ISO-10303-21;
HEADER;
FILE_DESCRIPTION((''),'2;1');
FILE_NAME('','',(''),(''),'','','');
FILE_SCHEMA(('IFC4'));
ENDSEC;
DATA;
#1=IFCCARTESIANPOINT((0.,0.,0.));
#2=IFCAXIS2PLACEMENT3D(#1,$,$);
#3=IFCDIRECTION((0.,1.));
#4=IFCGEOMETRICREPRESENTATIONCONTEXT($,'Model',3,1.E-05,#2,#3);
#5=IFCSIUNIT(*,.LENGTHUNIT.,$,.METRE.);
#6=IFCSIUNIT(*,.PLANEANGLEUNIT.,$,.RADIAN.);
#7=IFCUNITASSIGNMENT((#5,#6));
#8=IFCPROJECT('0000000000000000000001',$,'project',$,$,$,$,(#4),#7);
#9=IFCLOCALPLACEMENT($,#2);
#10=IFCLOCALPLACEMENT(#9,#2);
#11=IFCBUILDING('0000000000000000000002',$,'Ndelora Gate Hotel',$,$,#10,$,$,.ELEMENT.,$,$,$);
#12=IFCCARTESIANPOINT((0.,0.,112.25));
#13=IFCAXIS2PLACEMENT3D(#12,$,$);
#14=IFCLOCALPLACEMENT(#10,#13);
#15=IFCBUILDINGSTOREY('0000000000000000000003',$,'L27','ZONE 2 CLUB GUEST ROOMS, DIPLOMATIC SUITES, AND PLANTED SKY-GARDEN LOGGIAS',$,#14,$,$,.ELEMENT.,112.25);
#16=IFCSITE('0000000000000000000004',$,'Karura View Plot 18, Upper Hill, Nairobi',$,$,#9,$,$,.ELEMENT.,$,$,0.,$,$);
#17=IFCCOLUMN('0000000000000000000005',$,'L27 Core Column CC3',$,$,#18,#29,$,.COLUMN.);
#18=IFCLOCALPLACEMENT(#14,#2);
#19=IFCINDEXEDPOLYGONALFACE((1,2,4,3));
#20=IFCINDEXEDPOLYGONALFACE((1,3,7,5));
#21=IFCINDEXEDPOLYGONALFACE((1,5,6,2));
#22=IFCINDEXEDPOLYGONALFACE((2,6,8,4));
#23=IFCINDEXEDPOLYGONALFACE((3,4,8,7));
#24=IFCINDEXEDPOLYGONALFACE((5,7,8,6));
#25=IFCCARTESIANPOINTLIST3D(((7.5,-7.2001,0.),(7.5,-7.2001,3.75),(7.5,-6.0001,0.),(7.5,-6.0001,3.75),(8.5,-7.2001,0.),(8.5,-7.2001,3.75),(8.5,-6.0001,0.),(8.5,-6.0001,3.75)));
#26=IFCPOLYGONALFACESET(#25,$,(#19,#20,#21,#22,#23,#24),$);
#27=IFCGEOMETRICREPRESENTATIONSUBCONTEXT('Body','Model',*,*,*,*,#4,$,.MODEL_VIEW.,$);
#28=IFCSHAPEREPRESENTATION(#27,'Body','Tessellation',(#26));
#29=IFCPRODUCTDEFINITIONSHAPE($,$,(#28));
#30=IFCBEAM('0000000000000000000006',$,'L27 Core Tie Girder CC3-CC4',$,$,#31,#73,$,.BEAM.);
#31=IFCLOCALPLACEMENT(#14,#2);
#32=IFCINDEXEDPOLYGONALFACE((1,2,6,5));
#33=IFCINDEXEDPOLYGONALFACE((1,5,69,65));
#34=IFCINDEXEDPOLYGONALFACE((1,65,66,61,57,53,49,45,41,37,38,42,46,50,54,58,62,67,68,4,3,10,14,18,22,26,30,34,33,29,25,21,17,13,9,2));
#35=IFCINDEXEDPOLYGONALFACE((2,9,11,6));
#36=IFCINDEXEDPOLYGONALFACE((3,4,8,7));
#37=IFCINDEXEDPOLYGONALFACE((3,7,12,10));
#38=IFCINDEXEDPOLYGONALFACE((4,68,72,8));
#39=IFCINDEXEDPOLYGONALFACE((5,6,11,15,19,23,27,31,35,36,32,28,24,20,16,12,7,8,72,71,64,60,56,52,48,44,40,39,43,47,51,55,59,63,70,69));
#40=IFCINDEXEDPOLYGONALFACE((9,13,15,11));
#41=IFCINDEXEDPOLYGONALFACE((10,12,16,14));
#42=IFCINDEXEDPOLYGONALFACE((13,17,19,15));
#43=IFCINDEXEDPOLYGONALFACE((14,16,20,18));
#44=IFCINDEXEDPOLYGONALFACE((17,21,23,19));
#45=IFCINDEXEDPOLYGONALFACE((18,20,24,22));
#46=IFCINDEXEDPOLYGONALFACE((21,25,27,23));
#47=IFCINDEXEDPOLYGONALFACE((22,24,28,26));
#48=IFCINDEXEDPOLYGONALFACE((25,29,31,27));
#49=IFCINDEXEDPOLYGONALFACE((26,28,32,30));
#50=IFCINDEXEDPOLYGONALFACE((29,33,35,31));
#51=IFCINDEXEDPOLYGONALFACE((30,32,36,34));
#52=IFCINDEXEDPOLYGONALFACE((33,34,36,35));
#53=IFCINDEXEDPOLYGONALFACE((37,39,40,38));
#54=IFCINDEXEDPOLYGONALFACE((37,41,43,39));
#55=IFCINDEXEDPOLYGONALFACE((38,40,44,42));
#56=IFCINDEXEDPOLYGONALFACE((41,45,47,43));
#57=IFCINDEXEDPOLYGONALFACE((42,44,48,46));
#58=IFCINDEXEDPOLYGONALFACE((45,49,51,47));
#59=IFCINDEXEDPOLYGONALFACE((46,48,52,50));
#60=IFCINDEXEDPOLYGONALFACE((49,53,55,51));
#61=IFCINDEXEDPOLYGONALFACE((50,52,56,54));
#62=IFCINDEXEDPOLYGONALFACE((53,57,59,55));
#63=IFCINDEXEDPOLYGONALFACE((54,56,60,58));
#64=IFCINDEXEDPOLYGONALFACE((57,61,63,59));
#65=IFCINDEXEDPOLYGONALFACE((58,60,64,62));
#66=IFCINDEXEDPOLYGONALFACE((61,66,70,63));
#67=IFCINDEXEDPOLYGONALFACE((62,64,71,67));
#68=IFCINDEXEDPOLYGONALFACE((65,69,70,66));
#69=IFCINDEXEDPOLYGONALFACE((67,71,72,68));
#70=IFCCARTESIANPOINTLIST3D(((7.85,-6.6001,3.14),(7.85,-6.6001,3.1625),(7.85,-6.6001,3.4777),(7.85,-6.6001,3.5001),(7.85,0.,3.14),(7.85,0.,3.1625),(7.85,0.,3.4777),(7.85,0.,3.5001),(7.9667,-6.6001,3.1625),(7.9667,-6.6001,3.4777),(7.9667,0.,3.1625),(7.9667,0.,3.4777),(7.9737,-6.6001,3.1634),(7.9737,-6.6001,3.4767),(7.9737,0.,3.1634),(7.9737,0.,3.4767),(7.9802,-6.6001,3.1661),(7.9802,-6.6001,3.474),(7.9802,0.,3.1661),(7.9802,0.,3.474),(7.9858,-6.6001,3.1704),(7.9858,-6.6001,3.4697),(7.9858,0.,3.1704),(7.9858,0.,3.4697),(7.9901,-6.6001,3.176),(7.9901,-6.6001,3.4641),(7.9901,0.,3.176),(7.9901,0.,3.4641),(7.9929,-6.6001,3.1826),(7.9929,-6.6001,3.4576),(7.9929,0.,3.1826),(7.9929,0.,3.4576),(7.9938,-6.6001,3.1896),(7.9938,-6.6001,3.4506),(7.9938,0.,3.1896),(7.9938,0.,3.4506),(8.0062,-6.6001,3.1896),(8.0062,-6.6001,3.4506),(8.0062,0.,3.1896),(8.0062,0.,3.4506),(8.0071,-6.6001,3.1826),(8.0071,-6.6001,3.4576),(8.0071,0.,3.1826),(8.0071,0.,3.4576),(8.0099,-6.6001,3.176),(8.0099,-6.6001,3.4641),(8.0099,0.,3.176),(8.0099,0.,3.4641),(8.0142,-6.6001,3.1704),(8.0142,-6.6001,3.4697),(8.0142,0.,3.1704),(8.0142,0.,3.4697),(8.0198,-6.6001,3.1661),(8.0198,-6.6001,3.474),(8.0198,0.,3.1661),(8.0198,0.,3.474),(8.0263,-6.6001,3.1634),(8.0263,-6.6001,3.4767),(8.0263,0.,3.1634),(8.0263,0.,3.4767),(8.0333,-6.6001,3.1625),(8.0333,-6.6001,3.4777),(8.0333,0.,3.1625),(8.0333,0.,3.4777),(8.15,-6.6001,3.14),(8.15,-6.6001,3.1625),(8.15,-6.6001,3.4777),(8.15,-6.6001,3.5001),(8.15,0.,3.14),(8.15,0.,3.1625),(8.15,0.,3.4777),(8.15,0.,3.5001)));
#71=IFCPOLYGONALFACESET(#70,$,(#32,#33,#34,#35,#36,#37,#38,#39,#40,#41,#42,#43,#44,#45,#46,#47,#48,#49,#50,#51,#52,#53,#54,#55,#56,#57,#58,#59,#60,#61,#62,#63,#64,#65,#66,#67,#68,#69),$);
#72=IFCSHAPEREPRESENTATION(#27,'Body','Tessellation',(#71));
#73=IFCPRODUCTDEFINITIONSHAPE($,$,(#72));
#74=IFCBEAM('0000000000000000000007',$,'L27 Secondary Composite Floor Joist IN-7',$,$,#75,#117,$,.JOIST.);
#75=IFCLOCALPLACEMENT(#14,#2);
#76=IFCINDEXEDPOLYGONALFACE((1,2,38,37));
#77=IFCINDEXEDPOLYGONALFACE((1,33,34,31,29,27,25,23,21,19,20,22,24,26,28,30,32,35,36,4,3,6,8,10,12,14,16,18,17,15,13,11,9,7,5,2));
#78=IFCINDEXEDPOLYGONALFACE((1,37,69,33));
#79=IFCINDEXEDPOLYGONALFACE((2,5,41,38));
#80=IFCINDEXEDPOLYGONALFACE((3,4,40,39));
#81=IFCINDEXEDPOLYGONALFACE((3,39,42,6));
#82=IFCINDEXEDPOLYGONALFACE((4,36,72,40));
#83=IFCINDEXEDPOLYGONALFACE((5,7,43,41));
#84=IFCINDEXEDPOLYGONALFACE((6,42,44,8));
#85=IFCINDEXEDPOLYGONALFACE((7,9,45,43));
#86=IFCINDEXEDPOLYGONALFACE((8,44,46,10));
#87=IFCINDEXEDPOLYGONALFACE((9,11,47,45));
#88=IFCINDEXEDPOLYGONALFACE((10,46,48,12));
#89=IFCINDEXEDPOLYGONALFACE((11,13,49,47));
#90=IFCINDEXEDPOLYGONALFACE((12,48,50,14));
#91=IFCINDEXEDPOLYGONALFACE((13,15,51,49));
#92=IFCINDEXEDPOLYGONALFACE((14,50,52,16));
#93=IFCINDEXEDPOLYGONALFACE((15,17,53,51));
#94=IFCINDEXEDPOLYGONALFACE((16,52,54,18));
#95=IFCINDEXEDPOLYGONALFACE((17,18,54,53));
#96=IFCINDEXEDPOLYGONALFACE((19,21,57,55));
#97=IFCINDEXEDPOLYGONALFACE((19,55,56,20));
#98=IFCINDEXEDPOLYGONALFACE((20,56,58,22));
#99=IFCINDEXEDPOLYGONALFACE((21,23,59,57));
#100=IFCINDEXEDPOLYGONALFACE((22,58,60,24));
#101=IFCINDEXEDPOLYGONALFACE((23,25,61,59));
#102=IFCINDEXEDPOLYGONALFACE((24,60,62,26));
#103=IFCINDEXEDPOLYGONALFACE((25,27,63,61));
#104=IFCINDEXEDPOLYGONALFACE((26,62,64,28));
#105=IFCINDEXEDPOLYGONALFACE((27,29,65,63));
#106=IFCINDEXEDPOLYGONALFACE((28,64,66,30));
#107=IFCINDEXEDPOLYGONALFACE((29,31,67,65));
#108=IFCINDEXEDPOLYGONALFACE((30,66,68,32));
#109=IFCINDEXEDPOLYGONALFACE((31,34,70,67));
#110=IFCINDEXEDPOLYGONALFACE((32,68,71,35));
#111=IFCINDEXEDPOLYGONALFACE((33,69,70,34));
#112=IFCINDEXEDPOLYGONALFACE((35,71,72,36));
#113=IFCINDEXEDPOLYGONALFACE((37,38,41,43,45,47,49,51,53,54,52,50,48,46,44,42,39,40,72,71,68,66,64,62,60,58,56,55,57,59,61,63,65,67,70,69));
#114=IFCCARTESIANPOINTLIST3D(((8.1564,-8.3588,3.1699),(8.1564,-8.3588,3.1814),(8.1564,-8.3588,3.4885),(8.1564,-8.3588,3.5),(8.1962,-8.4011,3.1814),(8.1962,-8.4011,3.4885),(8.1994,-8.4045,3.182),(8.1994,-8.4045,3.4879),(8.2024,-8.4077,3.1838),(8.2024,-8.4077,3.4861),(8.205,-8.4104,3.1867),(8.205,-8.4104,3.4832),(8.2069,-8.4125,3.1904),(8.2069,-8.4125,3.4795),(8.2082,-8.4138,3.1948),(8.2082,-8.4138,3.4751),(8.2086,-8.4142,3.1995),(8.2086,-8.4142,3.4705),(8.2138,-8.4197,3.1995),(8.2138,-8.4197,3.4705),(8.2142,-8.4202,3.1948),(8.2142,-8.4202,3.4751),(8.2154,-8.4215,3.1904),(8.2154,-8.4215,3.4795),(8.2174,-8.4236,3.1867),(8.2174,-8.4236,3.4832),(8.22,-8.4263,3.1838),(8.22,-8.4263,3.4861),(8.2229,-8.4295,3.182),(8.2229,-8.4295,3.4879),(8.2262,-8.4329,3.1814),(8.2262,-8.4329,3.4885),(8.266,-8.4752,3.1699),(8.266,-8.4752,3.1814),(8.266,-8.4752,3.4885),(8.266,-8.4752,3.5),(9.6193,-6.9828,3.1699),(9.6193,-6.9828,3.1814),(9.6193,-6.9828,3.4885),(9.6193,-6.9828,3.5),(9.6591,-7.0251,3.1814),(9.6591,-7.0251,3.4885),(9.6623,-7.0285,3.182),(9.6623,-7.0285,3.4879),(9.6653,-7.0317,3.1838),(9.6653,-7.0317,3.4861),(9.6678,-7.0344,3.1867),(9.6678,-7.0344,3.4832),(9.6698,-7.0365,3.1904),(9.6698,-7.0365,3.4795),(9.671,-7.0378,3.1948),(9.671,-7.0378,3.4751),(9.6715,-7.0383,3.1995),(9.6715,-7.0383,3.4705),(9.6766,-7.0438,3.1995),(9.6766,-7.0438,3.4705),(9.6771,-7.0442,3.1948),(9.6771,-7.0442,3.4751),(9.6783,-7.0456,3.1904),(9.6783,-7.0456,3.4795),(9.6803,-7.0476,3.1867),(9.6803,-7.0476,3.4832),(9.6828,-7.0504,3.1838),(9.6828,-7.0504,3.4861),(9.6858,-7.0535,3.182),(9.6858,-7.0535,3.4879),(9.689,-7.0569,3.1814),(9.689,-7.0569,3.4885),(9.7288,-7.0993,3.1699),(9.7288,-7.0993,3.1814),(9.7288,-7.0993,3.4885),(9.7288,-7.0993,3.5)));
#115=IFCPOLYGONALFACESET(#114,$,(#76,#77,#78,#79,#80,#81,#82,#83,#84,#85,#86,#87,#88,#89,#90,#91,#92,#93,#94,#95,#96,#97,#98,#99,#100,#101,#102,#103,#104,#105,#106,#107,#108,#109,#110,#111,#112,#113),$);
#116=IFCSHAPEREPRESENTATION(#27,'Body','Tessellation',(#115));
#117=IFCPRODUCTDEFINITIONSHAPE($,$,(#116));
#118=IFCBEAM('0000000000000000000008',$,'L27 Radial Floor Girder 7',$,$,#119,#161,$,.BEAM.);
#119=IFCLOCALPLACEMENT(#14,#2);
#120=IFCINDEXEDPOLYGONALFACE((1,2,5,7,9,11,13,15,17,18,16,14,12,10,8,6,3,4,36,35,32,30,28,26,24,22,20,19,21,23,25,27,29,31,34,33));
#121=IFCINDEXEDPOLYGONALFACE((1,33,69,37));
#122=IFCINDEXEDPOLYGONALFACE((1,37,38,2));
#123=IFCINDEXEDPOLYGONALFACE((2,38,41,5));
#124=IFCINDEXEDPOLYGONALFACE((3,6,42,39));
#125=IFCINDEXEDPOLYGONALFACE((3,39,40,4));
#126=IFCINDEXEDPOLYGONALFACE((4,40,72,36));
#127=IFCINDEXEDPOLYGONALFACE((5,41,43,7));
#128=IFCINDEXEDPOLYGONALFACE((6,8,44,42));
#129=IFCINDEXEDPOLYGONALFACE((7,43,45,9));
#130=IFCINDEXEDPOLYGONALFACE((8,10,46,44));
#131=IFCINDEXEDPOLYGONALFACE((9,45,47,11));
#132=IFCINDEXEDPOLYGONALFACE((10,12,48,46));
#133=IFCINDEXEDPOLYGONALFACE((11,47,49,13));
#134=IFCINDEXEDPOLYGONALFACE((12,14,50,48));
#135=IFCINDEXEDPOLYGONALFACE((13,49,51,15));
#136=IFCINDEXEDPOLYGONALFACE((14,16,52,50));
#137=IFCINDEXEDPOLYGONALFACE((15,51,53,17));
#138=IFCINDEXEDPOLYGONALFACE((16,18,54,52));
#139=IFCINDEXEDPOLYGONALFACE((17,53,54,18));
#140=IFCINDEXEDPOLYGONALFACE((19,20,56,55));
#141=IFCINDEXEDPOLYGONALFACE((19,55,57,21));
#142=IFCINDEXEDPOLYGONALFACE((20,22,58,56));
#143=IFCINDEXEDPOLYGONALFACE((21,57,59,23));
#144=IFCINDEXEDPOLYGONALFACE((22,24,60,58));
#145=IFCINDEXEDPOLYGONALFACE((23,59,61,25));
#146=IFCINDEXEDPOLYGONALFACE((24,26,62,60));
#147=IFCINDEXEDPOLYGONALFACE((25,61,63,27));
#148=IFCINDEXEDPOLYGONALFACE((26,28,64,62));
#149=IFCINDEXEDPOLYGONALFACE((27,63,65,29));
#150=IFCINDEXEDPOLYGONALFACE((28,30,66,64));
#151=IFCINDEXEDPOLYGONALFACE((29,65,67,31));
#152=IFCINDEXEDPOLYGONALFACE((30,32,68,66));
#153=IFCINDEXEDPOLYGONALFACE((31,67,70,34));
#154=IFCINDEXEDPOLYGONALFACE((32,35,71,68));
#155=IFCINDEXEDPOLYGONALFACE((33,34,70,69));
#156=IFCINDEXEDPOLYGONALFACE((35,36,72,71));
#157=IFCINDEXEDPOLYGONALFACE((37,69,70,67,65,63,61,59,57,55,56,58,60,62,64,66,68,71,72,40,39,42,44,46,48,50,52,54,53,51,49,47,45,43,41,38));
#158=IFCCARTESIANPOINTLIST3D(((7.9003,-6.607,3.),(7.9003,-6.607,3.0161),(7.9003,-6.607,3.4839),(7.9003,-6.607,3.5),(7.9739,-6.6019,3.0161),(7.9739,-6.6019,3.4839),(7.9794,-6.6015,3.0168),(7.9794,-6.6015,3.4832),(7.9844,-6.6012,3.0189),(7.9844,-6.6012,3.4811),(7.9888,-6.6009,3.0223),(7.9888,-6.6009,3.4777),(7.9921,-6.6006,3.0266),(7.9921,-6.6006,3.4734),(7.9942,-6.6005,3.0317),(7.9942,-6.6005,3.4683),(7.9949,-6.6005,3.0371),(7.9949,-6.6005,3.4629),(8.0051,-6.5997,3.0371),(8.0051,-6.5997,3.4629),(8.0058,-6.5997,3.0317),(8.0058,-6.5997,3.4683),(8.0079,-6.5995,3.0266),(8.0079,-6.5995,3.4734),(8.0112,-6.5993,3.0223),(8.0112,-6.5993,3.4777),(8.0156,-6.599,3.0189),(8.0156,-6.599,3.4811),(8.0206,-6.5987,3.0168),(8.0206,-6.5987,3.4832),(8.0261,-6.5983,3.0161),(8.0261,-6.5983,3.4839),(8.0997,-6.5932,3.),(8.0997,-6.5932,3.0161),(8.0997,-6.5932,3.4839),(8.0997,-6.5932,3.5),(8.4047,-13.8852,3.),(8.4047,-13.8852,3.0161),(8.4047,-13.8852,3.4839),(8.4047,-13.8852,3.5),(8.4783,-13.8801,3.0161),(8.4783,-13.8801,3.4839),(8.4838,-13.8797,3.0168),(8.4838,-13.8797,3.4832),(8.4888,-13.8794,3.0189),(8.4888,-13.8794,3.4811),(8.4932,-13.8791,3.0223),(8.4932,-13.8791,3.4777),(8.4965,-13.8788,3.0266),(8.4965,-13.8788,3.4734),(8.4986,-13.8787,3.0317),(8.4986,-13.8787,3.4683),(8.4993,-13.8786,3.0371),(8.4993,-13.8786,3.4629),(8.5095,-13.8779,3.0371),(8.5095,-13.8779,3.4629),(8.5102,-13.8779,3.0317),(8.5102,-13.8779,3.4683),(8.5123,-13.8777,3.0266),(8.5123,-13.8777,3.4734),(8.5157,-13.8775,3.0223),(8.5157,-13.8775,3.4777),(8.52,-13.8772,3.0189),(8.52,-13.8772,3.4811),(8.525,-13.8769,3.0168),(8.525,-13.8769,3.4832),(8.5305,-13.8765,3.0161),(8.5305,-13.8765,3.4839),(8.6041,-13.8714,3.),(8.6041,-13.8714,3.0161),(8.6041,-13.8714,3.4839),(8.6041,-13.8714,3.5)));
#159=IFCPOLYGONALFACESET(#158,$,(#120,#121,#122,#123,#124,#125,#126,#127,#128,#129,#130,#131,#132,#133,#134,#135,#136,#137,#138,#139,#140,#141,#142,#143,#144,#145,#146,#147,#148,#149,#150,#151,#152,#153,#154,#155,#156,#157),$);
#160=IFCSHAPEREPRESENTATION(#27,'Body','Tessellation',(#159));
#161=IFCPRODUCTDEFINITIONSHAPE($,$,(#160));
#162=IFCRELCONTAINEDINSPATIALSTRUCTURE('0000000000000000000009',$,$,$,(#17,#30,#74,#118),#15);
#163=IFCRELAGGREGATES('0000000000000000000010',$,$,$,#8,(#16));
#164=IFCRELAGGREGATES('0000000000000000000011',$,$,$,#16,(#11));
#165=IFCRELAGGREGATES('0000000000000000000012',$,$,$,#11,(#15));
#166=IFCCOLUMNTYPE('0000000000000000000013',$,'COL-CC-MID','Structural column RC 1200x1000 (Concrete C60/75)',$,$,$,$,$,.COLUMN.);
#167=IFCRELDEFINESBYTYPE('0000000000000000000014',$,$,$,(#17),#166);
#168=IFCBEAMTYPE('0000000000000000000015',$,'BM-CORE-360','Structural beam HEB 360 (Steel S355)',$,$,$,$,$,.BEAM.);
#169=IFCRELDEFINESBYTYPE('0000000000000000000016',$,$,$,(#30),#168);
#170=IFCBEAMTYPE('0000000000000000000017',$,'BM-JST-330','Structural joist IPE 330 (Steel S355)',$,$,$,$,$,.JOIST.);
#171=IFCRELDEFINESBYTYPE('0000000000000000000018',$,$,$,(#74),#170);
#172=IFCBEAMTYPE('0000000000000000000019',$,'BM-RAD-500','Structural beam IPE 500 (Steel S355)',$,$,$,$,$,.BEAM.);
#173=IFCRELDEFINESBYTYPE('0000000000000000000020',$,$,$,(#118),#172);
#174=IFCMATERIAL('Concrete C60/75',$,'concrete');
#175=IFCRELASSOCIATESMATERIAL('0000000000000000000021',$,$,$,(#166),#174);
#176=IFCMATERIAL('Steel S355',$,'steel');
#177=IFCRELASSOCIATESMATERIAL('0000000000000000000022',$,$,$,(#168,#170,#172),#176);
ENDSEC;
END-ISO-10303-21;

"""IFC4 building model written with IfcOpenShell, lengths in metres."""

from ifc_helpers import new_model, si_unit, direction, frame, origin, origin_2d, place, context, subcontext, project, spatial, rectangle, i_section, extrude, material, material_profile, profile_set, type_object, element, save


model = new_model("IFC4")

# Units and contexts
model_context = context("Model", 3, precision=1e-05, world=origin(), true_north=direction((0.0, 1.0)))
body_context = subcontext(model_context, "Body", "Model", "MODEL_VIEW")
ifc_project = project(units=[si_unit("LENGTHUNIT", "METRE"), si_unit("PLANEANGLEUNIT", "RADIAN")], contexts=[model_context])

# Site, building, storey
site_placement = place(None, origin())
site = spatial("IfcSite", under=ifc_project, at=site_placement, Name="Karura View Plot 18, Upper Hill, Nairobi", CompositionType="ELEMENT", RefElevation=0.0)
building_placement = place(site_placement, origin())
building = spatial("IfcBuilding", under=site, at=building_placement, Name="Ndelora Gate Hotel", CompositionType="ELEMENT")
storey_placement = place(building_placement, frame((0.0, 0.0, 112.25)))
storey = spatial("IfcBuildingStorey", under=building, at=storey_placement, Name="L27", Description="ZONE 2 CLUB GUEST ROOMS, DIPLOMATIC SUITES, AND PLANTED SKY-GARDEN LOGGIAS", CompositionType="ELEMENT", Elevation=112.25)

# Column
ifc_material_1 = material(Name="Concrete C60/75", Category="concrete")
ifc_material_profile_1 = material_profile(ifc_material_1, rectangle(XDim=1.0, YDim=1.2, at=origin_2d()), Name="RC 1200x1000")
ifc_profile_set_1 = profile_set([ifc_material_profile_1], Name="Concrete C60/75")
column_type = type_object("IfcColumnType", Name="COL-CC-MID", Description="Structural column RC 1200x1000 (Concrete C60/75)", PredefinedType="COLUMN", material=ifc_profile_set_1)
column_placement = place(storey_placement, frame((8.0, -6.6001, 0.0), z_axis=(0.0, 0.0, 1.0), x_axis=(1.0, 0.0, 0.0)))
element("IfcColumn", 1, at=column_placement, inside=storey, type_object=column_type, Name="L27 Core Column CC3", PredefinedType="COLUMN", context=body_context, shape_type="SweptSolid", body=[
    extrude(rectangle(XDim=1.0, YDim=1.2, at=origin_2d()), origin(), (0.0, 0.0, 1.0), 3.75),
])

# Beams
ifc_material_2 = material(Name="Steel S355", Category="steel")
ifc_material_profile_2 = material_profile(ifc_material_2, i_section(OverallWidth=0.3, OverallDepth=0.3601, WebThickness=0.0125, FlangeThickness=0.0225, FilletRadius=0.0271, at=origin_2d()), Name="HEB 360")
ifc_profile_set_2 = profile_set([ifc_material_profile_2], Name="Steel S355")
beam_type_1 = type_object("IfcBeamType", Name="BM-CORE-360", Description="Structural beam HEB 360 (Steel S355)", PredefinedType="BEAM", material=ifc_profile_set_2)
beam_1_placement = place(storey_placement, frame((8.0, -6.6001, 3.3201), z_axis=(0.0, 1.0, 0.0), x_axis=(-1.0, 0.0, 0.0)))
element("IfcBeam", 2, at=beam_1_placement, inside=storey, type_object=beam_type_1, Name="L27 Core Tie Girder CC3-CC4", PredefinedType="BEAM", context=body_context, shape_type="SweptSolid", body=[
    extrude(i_section(OverallWidth=0.3, OverallDepth=0.3601, WebThickness=0.0125, FlangeThickness=0.0225, FilletRadius=0.0271, at=origin_2d()), origin(), (0.0, 0.0, 1.0), 6.6001),
])
ifc_material_profile_3 = material_profile(ifc_material_2, i_section(OverallWidth=0.1599, OverallDepth=0.3301, WebThickness=0.0076, FlangeThickness=0.0115, FilletRadius=0.0181, at=origin_2d()), Name="IPE 330")
ifc_profile_set_3 = profile_set([ifc_material_profile_3], Name="Steel S355")
beam_type_2 = type_object("IfcBeamType", Name="BM-JST-330", Description="Structural joist IPE 330 (Steel S355)", PredefinedType="JOIST", material=ifc_profile_set_3)
beam_2_placement = place(storey_placement, frame((8.2112, -8.417, 3.335), z_axis=(0.728414, 0.685137, 0.0), x_axis=(-0.685137, 0.728414, 0.0)))
element("IfcBeam", 3, at=beam_2_placement, inside=storey, type_object=beam_type_2, Name="L27 Secondary Composite Floor Joist IN-7", PredefinedType="JOIST", context=body_context, shape_type="SweptSolid", body=[
    extrude(i_section(OverallWidth=0.1599, OverallDepth=0.3301, WebThickness=0.0076, FlangeThickness=0.0115, FilletRadius=0.0181, at=origin_2d()), origin(), (0.0, 0.0, 1.0), 2.0083),
])
ifc_material_profile_4 = material_profile(ifc_material_2, i_section(OverallWidth=0.2, OverallDepth=0.5, WebThickness=0.0103, FlangeThickness=0.0161, FilletRadius=0.021, at=origin_2d()), Name="IPE 500")
ifc_profile_set_4 = profile_set([ifc_material_profile_4], Name="Steel S355")
beam_type_3 = type_object("IfcBeamType", Name="BM-RAD-500", Description="Structural beam IPE 500 (Steel S355)", PredefinedType="BEAM", material=ifc_profile_set_4)
beam_3_placement = place(storey_placement, frame((8.0, -6.6001, 3.25), z_axis=(0.069137, -0.997607, 0.0), x_axis=(0.997607, 0.069137, 0.0)))
element("IfcBeam", 4, at=beam_3_placement, inside=storey, type_object=beam_type_3, Name="L27 Radial Floor Girder 7", PredefinedType="BEAM", context=body_context, shape_type="SweptSolid", body=[
    extrude(i_section(OverallWidth=0.2, OverallDepth=0.5, WebThickness=0.0103, FlangeThickness=0.0161, FilletRadius=0.021, at=origin_2d()), origin(), (0.0, 0.0, 1.0), 7.2957),
])

save(model, "model.ifc")
